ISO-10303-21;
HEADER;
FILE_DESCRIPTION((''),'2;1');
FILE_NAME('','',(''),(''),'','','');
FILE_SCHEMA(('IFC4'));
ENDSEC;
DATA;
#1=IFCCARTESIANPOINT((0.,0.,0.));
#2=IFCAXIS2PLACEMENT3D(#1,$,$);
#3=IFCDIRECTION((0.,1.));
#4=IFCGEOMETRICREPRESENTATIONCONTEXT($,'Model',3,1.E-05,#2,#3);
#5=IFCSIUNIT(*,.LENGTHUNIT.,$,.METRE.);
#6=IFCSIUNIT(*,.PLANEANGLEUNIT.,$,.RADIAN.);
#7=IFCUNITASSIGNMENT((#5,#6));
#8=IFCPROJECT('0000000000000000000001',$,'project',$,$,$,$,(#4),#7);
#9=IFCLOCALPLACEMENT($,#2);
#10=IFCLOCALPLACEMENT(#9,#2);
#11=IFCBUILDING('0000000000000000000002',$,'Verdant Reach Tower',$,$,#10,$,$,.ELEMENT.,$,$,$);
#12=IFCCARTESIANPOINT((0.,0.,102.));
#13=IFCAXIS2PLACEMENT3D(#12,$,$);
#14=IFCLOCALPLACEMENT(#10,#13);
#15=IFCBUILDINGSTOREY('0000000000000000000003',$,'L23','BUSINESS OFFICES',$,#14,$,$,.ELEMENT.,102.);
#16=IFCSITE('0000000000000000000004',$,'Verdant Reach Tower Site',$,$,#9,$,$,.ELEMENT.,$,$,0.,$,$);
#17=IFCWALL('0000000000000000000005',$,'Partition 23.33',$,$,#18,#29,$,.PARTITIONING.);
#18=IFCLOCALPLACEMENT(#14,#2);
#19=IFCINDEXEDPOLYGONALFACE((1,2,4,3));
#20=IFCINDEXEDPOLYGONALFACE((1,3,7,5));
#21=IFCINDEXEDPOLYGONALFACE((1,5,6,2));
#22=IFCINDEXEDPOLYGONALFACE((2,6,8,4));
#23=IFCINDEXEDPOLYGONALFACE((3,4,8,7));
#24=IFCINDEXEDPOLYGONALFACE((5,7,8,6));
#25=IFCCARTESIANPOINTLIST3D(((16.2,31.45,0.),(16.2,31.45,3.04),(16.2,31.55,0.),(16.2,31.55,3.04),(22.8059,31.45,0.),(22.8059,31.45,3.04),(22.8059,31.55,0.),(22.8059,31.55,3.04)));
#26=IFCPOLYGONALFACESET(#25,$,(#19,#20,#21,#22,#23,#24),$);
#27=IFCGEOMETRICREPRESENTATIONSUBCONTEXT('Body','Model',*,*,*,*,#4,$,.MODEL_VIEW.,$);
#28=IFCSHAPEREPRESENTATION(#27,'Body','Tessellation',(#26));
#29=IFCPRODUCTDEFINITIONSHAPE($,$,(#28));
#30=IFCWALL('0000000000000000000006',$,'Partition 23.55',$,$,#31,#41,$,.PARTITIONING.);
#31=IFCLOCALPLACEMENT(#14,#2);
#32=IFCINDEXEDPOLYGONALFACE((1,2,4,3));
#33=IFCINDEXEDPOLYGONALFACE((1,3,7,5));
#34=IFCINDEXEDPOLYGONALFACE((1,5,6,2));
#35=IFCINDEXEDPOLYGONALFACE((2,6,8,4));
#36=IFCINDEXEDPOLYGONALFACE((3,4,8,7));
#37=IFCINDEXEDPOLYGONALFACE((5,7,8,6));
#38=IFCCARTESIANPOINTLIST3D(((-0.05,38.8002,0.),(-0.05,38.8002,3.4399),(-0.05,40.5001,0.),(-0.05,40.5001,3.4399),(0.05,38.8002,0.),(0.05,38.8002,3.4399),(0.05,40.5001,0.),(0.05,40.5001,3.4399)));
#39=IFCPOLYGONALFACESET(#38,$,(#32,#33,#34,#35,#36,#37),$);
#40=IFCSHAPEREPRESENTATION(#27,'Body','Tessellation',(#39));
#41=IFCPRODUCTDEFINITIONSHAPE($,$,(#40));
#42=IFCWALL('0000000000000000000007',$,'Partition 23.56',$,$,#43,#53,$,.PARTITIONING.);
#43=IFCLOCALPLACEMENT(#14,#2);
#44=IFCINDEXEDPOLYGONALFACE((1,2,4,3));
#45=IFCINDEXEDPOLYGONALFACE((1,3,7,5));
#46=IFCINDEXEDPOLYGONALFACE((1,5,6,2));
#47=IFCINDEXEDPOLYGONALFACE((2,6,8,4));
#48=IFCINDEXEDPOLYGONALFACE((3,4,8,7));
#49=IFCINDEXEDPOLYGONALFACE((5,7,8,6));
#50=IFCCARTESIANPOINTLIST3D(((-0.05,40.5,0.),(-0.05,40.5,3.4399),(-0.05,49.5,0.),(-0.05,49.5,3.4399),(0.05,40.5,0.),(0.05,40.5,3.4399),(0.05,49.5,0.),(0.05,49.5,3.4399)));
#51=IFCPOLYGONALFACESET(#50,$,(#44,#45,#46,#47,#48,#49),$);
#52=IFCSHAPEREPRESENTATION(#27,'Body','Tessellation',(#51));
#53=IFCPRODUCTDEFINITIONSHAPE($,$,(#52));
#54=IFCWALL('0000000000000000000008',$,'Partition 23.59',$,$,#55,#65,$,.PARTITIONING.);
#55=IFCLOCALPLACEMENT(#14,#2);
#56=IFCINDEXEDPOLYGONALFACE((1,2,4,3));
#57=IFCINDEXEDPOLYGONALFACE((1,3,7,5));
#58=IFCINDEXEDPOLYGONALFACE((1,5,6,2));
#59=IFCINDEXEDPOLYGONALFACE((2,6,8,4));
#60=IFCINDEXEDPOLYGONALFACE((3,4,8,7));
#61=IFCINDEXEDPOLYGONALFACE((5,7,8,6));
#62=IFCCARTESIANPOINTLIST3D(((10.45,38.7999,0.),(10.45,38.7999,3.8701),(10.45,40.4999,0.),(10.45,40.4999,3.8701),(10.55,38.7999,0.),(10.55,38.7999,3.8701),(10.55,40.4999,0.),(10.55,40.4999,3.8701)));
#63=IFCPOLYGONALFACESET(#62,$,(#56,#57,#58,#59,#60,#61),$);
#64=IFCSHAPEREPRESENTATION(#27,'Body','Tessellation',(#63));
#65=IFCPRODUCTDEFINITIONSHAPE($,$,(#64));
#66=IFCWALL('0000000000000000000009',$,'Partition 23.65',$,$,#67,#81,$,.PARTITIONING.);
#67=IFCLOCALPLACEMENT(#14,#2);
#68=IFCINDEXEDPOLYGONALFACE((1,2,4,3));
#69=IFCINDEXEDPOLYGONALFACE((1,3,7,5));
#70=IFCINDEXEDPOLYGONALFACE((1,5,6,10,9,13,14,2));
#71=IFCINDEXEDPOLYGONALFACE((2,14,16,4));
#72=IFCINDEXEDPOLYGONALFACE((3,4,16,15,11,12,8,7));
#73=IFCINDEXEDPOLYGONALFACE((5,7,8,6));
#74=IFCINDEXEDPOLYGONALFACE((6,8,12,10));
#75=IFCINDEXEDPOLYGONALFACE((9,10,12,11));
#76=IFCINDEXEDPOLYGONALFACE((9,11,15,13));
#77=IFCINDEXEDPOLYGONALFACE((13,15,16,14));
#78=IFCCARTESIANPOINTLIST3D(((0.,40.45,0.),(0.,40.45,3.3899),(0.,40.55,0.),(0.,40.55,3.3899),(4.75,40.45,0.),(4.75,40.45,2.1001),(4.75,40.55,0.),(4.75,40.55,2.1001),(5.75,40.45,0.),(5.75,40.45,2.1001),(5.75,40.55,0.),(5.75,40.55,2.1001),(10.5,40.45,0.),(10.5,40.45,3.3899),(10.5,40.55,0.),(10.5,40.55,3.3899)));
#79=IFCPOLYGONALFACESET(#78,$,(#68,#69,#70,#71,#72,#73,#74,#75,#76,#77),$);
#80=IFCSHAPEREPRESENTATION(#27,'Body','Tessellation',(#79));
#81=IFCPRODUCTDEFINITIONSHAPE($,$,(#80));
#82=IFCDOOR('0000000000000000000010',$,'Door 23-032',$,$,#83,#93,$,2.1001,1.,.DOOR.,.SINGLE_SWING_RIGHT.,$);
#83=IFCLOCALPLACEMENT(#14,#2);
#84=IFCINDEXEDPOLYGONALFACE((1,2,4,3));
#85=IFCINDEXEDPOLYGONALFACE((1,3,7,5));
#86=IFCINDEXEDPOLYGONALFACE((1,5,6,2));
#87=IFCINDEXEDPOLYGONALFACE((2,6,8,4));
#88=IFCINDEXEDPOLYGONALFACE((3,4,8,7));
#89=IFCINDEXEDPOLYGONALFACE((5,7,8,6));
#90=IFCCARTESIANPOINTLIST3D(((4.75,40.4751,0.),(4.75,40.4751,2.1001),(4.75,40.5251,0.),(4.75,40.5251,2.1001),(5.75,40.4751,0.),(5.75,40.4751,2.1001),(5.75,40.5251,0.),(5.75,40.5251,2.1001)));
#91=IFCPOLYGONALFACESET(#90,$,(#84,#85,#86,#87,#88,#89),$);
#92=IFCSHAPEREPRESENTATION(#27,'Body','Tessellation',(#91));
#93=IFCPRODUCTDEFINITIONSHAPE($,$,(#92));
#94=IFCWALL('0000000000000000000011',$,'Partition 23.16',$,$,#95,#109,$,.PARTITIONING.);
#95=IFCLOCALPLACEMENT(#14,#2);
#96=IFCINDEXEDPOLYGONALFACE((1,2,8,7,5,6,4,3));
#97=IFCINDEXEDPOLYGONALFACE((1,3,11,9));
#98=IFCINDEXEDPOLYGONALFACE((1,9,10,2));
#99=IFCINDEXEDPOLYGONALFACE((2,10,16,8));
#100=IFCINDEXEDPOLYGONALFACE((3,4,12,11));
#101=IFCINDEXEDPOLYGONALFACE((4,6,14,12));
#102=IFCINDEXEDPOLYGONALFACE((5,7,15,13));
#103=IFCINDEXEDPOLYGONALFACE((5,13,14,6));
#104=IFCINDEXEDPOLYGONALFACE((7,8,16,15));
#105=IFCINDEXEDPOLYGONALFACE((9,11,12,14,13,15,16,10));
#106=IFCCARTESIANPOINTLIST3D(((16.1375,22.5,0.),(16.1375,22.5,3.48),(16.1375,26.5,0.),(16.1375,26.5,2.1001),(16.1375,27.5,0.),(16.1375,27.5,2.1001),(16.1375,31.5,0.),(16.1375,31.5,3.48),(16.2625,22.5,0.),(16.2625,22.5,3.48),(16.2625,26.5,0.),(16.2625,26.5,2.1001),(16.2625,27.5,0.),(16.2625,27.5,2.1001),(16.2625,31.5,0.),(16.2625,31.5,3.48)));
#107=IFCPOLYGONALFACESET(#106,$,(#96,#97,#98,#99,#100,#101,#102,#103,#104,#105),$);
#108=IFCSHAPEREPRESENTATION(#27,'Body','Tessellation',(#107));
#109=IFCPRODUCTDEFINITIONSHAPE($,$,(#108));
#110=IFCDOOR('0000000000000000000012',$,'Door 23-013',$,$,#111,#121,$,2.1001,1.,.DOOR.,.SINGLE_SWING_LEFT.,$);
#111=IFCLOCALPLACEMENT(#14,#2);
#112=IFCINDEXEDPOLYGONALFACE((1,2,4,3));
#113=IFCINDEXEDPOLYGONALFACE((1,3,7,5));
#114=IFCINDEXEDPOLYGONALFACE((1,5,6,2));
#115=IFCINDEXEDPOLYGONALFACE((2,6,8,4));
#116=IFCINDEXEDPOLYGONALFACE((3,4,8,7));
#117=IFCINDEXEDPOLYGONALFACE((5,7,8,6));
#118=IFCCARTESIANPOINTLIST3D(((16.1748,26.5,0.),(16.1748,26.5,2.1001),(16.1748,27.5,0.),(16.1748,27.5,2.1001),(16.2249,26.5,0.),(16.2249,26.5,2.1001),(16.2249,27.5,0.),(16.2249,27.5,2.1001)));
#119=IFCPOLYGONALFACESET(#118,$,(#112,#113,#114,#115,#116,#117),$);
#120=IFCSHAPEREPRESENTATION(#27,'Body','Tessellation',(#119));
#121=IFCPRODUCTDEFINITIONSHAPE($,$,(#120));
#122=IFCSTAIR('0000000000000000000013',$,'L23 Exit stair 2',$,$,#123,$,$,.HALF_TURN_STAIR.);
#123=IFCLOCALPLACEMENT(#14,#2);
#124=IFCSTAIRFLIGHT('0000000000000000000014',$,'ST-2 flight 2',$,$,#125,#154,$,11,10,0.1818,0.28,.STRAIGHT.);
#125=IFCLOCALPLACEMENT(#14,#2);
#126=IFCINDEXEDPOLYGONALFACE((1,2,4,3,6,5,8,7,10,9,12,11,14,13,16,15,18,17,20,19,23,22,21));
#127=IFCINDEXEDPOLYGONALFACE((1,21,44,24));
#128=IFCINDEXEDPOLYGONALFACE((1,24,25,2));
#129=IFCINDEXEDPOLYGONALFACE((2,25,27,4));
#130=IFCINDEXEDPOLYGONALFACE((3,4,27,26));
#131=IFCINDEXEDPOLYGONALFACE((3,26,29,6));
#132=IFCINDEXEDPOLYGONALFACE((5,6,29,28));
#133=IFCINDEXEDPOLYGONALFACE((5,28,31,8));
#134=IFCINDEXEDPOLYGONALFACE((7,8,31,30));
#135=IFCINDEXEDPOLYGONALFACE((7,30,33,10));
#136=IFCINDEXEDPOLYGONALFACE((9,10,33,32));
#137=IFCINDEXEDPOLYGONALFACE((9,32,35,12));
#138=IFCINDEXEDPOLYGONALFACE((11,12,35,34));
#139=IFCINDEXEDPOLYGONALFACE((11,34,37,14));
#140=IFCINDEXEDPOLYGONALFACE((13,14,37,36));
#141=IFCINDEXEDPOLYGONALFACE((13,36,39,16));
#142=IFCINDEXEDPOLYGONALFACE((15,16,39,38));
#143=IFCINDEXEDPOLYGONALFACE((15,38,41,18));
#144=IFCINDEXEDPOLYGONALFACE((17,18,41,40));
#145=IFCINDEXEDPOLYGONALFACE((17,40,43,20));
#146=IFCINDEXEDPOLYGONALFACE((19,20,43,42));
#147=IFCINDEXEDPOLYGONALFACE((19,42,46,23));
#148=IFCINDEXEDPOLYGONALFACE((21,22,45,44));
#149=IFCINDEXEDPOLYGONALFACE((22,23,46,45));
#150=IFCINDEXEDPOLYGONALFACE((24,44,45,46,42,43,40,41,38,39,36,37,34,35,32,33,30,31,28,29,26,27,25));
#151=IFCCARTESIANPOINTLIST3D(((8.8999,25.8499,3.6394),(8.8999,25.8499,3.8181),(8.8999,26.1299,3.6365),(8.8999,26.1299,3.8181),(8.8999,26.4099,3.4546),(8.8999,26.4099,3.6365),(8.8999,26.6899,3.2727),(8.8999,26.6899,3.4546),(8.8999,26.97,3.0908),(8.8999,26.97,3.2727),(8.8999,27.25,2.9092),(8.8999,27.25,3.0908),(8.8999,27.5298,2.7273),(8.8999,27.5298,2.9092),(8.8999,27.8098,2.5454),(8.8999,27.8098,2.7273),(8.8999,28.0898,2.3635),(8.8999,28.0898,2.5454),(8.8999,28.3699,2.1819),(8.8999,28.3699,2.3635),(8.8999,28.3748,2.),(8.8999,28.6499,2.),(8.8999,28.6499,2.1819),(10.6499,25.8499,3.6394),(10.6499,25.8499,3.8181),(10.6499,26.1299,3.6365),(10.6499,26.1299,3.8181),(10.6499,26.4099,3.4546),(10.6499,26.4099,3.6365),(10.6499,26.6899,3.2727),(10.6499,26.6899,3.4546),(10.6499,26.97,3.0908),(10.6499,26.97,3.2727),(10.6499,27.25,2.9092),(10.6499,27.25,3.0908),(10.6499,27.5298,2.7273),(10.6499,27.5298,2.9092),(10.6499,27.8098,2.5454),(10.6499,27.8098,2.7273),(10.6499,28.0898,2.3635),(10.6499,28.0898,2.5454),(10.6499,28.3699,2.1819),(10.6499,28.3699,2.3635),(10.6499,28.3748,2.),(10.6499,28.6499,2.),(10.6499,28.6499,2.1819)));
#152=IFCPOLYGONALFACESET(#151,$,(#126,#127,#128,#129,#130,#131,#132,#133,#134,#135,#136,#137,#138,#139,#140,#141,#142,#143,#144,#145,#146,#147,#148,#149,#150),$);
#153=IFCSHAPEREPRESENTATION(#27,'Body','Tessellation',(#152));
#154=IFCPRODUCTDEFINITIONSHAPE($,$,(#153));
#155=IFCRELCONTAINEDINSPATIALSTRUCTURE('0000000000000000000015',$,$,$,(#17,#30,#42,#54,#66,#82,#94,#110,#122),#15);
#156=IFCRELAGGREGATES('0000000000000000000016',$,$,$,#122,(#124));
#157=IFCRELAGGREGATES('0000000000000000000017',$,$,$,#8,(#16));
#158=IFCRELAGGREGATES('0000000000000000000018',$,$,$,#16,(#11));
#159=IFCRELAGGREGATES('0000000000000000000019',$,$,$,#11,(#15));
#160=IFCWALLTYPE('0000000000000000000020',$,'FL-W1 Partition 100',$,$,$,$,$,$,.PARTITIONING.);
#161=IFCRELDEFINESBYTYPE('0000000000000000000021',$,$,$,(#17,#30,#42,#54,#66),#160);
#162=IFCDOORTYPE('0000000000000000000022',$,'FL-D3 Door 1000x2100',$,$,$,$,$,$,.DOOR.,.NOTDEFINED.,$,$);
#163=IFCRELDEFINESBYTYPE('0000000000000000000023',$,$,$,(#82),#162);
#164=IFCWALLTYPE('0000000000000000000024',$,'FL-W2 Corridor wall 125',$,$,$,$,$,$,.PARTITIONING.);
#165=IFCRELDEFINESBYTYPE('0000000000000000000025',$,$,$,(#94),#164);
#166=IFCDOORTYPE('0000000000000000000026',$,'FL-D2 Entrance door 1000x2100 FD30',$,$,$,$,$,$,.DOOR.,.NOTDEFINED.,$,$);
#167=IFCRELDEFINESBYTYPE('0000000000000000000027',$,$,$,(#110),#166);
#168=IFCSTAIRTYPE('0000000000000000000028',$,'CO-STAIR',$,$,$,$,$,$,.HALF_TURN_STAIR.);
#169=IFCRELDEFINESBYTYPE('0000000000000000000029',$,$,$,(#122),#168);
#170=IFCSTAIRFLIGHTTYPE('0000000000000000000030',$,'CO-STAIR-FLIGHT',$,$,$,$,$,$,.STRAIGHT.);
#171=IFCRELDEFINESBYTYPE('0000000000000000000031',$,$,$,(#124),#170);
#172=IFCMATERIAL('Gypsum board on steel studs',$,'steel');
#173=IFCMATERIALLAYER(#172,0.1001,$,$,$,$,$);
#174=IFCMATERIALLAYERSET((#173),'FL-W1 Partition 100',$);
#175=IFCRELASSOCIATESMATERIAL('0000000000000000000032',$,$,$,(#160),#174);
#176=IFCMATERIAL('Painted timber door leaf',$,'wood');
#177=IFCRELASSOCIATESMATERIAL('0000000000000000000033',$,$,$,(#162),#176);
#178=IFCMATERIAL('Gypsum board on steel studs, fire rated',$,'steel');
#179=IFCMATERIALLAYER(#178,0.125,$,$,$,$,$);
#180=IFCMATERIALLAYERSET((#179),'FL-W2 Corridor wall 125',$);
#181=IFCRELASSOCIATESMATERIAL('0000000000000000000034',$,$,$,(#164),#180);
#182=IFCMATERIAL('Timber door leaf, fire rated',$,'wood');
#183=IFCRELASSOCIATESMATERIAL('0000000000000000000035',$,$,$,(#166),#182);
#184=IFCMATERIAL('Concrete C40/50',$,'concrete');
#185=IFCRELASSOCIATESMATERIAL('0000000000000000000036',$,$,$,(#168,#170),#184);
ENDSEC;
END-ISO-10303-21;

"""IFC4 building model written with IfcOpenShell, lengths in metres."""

from ifc_helpers import new_model, si_unit, direction, frame, frame_2d, origin, place, context, subcontext, project, spatial, polyline, rectangle, outline, extrude, material, layer, layer_set, type_object, element, fill, aggregate, save


model = new_model("IFC4")

# Units and contexts
model_context = context("Model", 3, precision=1e-05, world=origin(), true_north=direction((0.0, 1.0)))
body_context = subcontext(model_context, "Body", "Model", "MODEL_VIEW")
ifc_project = project(units=[si_unit("LENGTHUNIT", "METRE"), si_unit("PLANEANGLEUNIT", "RADIAN")], contexts=[model_context])

# Site, building, storey
site_placement = place(None, origin())
site = spatial("IfcSite", under=ifc_project, at=site_placement, Name="Verdant Reach Tower Site", CompositionType="ELEMENT", RefElevation=0.0)
building_placement = place(site_placement, origin())
building = spatial("IfcBuilding", under=site, at=building_placement, Name="Verdant Reach Tower", CompositionType="ELEMENT")
storey_placement = place(building_placement, frame((0.0, 0.0, 102.0)))
storey = spatial("IfcBuildingStorey", under=building, at=storey_placement, Name="L23", Description="BUSINESS OFFICES", CompositionType="ELEMENT", Elevation=102.0)

# Shared definitions
ifc_material_1 = material(Name="Concrete C40/50", Category="concrete")

# Walls
ifc_material_2 = material(Name="Gypsum board on steel studs", Category="steel")
ifc_layer_1 = layer(ifc_material_2, 0.1001)
ifc_layer_set_1 = layer_set([ifc_layer_1], Name="FL-W1 Partition 100")
wall_type_1 = type_object("IfcWallType", Name="FL-W1 Partition 100", PredefinedType="PARTITIONING", material=ifc_layer_set_1)
wall_1_placement = place(storey_placement, frame((22.8059, 31.5, 0.0), z_axis=(0.0, 0.0, 1.0), x_axis=(-1.0, 0.0, 0.0)))
element("IfcWall", 1, at=wall_1_placement, inside=storey, type_object=wall_type_1, Name="Partition 23.33", PredefinedType="PARTITIONING", context=body_context, shape_type="SweptSolid", body=[
    extrude(rectangle(XDim=6.606, YDim=0.1001, at=frame_2d((3.303, 0.0))), origin(), (0.0, 0.0, 1.0), 3.04),
])
wall_2_placement = place(storey_placement, frame((0.0, 38.8, 0.0), z_axis=(0.0, 0.0, 1.0), x_axis=(0.0, 1.0, 0.0)))
element("IfcWall", 2, at=wall_2_placement, inside=storey, type_object=wall_type_1, Name="Partition 23.55", PredefinedType="PARTITIONING", context=body_context, shape_type="SweptSolid", body=[
    extrude(rectangle(XDim=1.7, YDim=0.1001, at=frame_2d((0.8501, 0.0))), origin(), (0.0, 0.0, 1.0), 3.4399),
])
wall_3_placement = place(storey_placement, frame((0.0, 40.5, 0.0), z_axis=(0.0, 0.0, 1.0), x_axis=(0.0, 1.0, 0.0)))
element("IfcWall", 3, at=wall_3_placement, inside=storey, type_object=wall_type_1, Name="Partition 23.56", PredefinedType="PARTITIONING", context=body_context, shape_type="SweptSolid", body=[
    extrude(rectangle(XDim=9.0, YDim=0.1001, at=frame_2d((4.5, 0.0))), origin(), (0.0, 0.0, 1.0), 3.4399),
])
wall_4_placement = place(storey_placement, frame((10.5, 40.5, 0.0), z_axis=(0.0, 0.0, 1.0), x_axis=(0.0, -1.0, 0.0)))
element("IfcWall", 4, at=wall_4_placement, inside=storey, type_object=wall_type_1, Name="Partition 23.59", PredefinedType="PARTITIONING", context=body_context, shape_type="SweptSolid", body=[
    extrude(rectangle(XDim=1.7, YDim=0.1001, at=frame_2d((0.8501, 0.0))), origin(), (0.0, 0.0, 1.0), 3.8701),
])

# Walls, openings, doors
wall_5_placement = place(storey_placement, frame((10.5, 40.5, 0.0), z_axis=(0.0, 0.0, 1.0), x_axis=(-1.0, 0.0, 0.0)))
wall_5 = element("IfcWall", 5, at=wall_5_placement, inside=storey, type_object=wall_type_1, Name="Partition 23.65", PredefinedType="PARTITIONING", context=body_context, shape_type="SweptSolid", body=[
    extrude(rectangle(XDim=10.5, YDim=0.1001, at=frame_2d((5.25, 0.0))), origin(), (0.0, 0.0, 1.0), 3.3899),
])
opening_1_placement = place(wall_5_placement, frame((4.75, 0.0, 0.0)))
opening_1 = element("IfcOpeningElement", 6, at=opening_1_placement, cuts=wall_5, PredefinedType="OPENING", context=body_context, shape_type="SweptSolid", body=[
    extrude(rectangle(XDim=1.0, YDim=2.1001, at=frame_2d((0.5, 1.05))), frame((0.0, 0.0601, 0.0), z_axis=(0.0, -1.0, 0.0), x_axis=(1.0, 0.0, 0.0)), (0.0, 0.0, 1.0), 0.1201),
])
ifc_material_3 = material(Name="Painted timber door leaf", Category="wood")
door_type_1 = type_object("IfcDoorType", Name="FL-D3 Door 1000x2100", OperationType="NOTDEFINED", PredefinedType="DOOR", material=ifc_material_3)
door_1_placement = place(opening_1_placement, origin())
door_1 = element("IfcDoor", 7, at=door_1_placement, inside=storey, type_object=door_type_1, Name="Door 23-032", OperationType="SINGLE_SWING_RIGHT", OverallHeight=2.1001, OverallWidth=1.0, PredefinedType="DOOR", context=body_context, shape_type="SweptSolid", body=[
    extrude(rectangle(XDim=1.0, YDim=2.1001, at=frame_2d((0.5, 1.05))), frame((0.0, 0.0249, 0.0), z_axis=(0.0, -1.0, 0.0), x_axis=(1.0, 0.0, 0.0)), (0.0, 0.0, 1.0), 0.05),
])
fill(opening_1, door_1)
ifc_material_4 = material(Name="Gypsum board on steel studs, fire rated", Category="steel")
ifc_layer_2 = layer(ifc_material_4, 0.125)
ifc_layer_set_2 = layer_set([ifc_layer_2], Name="FL-W2 Corridor wall 125")
wall_type_2 = type_object("IfcWallType", Name="FL-W2 Corridor wall 125", PredefinedType="PARTITIONING", material=ifc_layer_set_2)
wall_6_placement = place(storey_placement, frame((16.2, 31.5, 0.0), z_axis=(0.0, 0.0, 1.0), x_axis=(0.0, -1.0, 0.0)))
wall_6 = element("IfcWall", 8, at=wall_6_placement, inside=storey, type_object=wall_type_2, Name="Partition 23.16", PredefinedType="PARTITIONING", context=body_context, shape_type="SweptSolid", body=[
    extrude(rectangle(XDim=9.0, YDim=0.125, at=frame_2d((4.5, 0.0))), origin(), (0.0, 0.0, 1.0), 3.48),
])
opening_2_placement = place(wall_6_placement, frame((4.0, 0.0, 0.0)))
opening_2 = element("IfcOpeningElement", 9, at=opening_2_placement, cuts=wall_6, PredefinedType="OPENING", context=body_context, shape_type="SweptSolid", body=[
    extrude(rectangle(XDim=1.0, YDim=2.1001, at=frame_2d((0.5, 1.05))), frame((0.0, 0.0725, 0.0), z_axis=(0.0, -1.0, 0.0), x_axis=(1.0, 0.0, 0.0)), (0.0, 0.0, 1.0), 0.145),
])
ifc_material_5 = material(Name="Timber door leaf, fire rated", Category="wood")
door_type_2 = type_object("IfcDoorType", Name="FL-D2 Entrance door 1000x2100 FD30", OperationType="NOTDEFINED", PredefinedType="DOOR", material=ifc_material_5)
door_2_placement = place(opening_2_placement, origin())
door_2 = element("IfcDoor", 10, at=door_2_placement, inside=storey, type_object=door_type_2, Name="Door 23-013", OperationType="SINGLE_SWING_LEFT", OverallHeight=2.1001, OverallWidth=1.0, PredefinedType="DOOR", context=body_context, shape_type="SweptSolid", body=[
    extrude(rectangle(XDim=1.0, YDim=2.1001, at=frame_2d((0.5, 1.05))), frame((0.0, 0.0249, 0.0), z_axis=(0.0, -1.0, 0.0), x_axis=(1.0, 0.0, 0.0)), (0.0, 0.0, 1.0), 0.05),
])
fill(opening_2, door_2)

# Stair, stair flight
stair_type = type_object("IfcStairType", Name="CO-STAIR", PredefinedType="HALF_TURN_STAIR", material=ifc_material_1)
stair_1_placement = place(storey_placement, origin())
stair_1 = element("IfcStair", 11, at=stair_1_placement, inside=storey, type_object=stair_type, Name="L23 Exit stair 2", PredefinedType="HALF_TURN_STAIR")
stair_flight_type = type_object("IfcStairFlightType", Name="CO-STAIR-FLIGHT", PredefinedType="STRAIGHT", material=ifc_material_1)
stair_flight_1_placement = place(storey_placement, frame((9.7749, 28.6499, 2.0), z_axis=(0.0, 0.0, 1.0), x_axis=(0.0, -1.0, 0.0)))
stair_flight_1 = element("IfcStairFlight", 12, at=stair_flight_1_placement, type_object=stair_flight_type, Name="ST-2 flight 2", NumberOfRisers=11, NumberOfTreads=10, PredefinedType="STRAIGHT", RiserHeight=0.1818, TreadLength=0.28, context=body_context, shape_type="SweptSolid", body=[
    extrude(outline(polyline([(0.0, 0.0), (0.0, 0.1819), (0.28, 0.1819), (0.28, 0.3635), (0.5601, 0.3635), (0.5601, 0.5454), (0.8401, 0.5454), (0.8401, 0.7273), (1.1201, 0.7273), (1.1201, 0.9092), (1.3999, 0.9092), (1.3999, 1.0908), (1.6799, 1.0908), (1.6799, 1.2727), (1.96, 1.2727), (1.96, 1.4546), (2.24, 1.4546), (2.24, 1.6365), (2.52, 1.6365), (2.52, 1.8181), (2.8, 1.8181), (2.8, 2.0), (2.8, 1.6394), (0.2751, 0.0), (0.0, 0.0)])), frame((0.0, 0.875, 0.0), z_axis=(0.0, -1.0, 0.0), x_axis=(1.0, 0.0, 0.0)), (0.0, 0.0, 1.0), 1.75),
])
aggregate(stair_1, [stair_flight_1])

save(model, "model.ifc")
